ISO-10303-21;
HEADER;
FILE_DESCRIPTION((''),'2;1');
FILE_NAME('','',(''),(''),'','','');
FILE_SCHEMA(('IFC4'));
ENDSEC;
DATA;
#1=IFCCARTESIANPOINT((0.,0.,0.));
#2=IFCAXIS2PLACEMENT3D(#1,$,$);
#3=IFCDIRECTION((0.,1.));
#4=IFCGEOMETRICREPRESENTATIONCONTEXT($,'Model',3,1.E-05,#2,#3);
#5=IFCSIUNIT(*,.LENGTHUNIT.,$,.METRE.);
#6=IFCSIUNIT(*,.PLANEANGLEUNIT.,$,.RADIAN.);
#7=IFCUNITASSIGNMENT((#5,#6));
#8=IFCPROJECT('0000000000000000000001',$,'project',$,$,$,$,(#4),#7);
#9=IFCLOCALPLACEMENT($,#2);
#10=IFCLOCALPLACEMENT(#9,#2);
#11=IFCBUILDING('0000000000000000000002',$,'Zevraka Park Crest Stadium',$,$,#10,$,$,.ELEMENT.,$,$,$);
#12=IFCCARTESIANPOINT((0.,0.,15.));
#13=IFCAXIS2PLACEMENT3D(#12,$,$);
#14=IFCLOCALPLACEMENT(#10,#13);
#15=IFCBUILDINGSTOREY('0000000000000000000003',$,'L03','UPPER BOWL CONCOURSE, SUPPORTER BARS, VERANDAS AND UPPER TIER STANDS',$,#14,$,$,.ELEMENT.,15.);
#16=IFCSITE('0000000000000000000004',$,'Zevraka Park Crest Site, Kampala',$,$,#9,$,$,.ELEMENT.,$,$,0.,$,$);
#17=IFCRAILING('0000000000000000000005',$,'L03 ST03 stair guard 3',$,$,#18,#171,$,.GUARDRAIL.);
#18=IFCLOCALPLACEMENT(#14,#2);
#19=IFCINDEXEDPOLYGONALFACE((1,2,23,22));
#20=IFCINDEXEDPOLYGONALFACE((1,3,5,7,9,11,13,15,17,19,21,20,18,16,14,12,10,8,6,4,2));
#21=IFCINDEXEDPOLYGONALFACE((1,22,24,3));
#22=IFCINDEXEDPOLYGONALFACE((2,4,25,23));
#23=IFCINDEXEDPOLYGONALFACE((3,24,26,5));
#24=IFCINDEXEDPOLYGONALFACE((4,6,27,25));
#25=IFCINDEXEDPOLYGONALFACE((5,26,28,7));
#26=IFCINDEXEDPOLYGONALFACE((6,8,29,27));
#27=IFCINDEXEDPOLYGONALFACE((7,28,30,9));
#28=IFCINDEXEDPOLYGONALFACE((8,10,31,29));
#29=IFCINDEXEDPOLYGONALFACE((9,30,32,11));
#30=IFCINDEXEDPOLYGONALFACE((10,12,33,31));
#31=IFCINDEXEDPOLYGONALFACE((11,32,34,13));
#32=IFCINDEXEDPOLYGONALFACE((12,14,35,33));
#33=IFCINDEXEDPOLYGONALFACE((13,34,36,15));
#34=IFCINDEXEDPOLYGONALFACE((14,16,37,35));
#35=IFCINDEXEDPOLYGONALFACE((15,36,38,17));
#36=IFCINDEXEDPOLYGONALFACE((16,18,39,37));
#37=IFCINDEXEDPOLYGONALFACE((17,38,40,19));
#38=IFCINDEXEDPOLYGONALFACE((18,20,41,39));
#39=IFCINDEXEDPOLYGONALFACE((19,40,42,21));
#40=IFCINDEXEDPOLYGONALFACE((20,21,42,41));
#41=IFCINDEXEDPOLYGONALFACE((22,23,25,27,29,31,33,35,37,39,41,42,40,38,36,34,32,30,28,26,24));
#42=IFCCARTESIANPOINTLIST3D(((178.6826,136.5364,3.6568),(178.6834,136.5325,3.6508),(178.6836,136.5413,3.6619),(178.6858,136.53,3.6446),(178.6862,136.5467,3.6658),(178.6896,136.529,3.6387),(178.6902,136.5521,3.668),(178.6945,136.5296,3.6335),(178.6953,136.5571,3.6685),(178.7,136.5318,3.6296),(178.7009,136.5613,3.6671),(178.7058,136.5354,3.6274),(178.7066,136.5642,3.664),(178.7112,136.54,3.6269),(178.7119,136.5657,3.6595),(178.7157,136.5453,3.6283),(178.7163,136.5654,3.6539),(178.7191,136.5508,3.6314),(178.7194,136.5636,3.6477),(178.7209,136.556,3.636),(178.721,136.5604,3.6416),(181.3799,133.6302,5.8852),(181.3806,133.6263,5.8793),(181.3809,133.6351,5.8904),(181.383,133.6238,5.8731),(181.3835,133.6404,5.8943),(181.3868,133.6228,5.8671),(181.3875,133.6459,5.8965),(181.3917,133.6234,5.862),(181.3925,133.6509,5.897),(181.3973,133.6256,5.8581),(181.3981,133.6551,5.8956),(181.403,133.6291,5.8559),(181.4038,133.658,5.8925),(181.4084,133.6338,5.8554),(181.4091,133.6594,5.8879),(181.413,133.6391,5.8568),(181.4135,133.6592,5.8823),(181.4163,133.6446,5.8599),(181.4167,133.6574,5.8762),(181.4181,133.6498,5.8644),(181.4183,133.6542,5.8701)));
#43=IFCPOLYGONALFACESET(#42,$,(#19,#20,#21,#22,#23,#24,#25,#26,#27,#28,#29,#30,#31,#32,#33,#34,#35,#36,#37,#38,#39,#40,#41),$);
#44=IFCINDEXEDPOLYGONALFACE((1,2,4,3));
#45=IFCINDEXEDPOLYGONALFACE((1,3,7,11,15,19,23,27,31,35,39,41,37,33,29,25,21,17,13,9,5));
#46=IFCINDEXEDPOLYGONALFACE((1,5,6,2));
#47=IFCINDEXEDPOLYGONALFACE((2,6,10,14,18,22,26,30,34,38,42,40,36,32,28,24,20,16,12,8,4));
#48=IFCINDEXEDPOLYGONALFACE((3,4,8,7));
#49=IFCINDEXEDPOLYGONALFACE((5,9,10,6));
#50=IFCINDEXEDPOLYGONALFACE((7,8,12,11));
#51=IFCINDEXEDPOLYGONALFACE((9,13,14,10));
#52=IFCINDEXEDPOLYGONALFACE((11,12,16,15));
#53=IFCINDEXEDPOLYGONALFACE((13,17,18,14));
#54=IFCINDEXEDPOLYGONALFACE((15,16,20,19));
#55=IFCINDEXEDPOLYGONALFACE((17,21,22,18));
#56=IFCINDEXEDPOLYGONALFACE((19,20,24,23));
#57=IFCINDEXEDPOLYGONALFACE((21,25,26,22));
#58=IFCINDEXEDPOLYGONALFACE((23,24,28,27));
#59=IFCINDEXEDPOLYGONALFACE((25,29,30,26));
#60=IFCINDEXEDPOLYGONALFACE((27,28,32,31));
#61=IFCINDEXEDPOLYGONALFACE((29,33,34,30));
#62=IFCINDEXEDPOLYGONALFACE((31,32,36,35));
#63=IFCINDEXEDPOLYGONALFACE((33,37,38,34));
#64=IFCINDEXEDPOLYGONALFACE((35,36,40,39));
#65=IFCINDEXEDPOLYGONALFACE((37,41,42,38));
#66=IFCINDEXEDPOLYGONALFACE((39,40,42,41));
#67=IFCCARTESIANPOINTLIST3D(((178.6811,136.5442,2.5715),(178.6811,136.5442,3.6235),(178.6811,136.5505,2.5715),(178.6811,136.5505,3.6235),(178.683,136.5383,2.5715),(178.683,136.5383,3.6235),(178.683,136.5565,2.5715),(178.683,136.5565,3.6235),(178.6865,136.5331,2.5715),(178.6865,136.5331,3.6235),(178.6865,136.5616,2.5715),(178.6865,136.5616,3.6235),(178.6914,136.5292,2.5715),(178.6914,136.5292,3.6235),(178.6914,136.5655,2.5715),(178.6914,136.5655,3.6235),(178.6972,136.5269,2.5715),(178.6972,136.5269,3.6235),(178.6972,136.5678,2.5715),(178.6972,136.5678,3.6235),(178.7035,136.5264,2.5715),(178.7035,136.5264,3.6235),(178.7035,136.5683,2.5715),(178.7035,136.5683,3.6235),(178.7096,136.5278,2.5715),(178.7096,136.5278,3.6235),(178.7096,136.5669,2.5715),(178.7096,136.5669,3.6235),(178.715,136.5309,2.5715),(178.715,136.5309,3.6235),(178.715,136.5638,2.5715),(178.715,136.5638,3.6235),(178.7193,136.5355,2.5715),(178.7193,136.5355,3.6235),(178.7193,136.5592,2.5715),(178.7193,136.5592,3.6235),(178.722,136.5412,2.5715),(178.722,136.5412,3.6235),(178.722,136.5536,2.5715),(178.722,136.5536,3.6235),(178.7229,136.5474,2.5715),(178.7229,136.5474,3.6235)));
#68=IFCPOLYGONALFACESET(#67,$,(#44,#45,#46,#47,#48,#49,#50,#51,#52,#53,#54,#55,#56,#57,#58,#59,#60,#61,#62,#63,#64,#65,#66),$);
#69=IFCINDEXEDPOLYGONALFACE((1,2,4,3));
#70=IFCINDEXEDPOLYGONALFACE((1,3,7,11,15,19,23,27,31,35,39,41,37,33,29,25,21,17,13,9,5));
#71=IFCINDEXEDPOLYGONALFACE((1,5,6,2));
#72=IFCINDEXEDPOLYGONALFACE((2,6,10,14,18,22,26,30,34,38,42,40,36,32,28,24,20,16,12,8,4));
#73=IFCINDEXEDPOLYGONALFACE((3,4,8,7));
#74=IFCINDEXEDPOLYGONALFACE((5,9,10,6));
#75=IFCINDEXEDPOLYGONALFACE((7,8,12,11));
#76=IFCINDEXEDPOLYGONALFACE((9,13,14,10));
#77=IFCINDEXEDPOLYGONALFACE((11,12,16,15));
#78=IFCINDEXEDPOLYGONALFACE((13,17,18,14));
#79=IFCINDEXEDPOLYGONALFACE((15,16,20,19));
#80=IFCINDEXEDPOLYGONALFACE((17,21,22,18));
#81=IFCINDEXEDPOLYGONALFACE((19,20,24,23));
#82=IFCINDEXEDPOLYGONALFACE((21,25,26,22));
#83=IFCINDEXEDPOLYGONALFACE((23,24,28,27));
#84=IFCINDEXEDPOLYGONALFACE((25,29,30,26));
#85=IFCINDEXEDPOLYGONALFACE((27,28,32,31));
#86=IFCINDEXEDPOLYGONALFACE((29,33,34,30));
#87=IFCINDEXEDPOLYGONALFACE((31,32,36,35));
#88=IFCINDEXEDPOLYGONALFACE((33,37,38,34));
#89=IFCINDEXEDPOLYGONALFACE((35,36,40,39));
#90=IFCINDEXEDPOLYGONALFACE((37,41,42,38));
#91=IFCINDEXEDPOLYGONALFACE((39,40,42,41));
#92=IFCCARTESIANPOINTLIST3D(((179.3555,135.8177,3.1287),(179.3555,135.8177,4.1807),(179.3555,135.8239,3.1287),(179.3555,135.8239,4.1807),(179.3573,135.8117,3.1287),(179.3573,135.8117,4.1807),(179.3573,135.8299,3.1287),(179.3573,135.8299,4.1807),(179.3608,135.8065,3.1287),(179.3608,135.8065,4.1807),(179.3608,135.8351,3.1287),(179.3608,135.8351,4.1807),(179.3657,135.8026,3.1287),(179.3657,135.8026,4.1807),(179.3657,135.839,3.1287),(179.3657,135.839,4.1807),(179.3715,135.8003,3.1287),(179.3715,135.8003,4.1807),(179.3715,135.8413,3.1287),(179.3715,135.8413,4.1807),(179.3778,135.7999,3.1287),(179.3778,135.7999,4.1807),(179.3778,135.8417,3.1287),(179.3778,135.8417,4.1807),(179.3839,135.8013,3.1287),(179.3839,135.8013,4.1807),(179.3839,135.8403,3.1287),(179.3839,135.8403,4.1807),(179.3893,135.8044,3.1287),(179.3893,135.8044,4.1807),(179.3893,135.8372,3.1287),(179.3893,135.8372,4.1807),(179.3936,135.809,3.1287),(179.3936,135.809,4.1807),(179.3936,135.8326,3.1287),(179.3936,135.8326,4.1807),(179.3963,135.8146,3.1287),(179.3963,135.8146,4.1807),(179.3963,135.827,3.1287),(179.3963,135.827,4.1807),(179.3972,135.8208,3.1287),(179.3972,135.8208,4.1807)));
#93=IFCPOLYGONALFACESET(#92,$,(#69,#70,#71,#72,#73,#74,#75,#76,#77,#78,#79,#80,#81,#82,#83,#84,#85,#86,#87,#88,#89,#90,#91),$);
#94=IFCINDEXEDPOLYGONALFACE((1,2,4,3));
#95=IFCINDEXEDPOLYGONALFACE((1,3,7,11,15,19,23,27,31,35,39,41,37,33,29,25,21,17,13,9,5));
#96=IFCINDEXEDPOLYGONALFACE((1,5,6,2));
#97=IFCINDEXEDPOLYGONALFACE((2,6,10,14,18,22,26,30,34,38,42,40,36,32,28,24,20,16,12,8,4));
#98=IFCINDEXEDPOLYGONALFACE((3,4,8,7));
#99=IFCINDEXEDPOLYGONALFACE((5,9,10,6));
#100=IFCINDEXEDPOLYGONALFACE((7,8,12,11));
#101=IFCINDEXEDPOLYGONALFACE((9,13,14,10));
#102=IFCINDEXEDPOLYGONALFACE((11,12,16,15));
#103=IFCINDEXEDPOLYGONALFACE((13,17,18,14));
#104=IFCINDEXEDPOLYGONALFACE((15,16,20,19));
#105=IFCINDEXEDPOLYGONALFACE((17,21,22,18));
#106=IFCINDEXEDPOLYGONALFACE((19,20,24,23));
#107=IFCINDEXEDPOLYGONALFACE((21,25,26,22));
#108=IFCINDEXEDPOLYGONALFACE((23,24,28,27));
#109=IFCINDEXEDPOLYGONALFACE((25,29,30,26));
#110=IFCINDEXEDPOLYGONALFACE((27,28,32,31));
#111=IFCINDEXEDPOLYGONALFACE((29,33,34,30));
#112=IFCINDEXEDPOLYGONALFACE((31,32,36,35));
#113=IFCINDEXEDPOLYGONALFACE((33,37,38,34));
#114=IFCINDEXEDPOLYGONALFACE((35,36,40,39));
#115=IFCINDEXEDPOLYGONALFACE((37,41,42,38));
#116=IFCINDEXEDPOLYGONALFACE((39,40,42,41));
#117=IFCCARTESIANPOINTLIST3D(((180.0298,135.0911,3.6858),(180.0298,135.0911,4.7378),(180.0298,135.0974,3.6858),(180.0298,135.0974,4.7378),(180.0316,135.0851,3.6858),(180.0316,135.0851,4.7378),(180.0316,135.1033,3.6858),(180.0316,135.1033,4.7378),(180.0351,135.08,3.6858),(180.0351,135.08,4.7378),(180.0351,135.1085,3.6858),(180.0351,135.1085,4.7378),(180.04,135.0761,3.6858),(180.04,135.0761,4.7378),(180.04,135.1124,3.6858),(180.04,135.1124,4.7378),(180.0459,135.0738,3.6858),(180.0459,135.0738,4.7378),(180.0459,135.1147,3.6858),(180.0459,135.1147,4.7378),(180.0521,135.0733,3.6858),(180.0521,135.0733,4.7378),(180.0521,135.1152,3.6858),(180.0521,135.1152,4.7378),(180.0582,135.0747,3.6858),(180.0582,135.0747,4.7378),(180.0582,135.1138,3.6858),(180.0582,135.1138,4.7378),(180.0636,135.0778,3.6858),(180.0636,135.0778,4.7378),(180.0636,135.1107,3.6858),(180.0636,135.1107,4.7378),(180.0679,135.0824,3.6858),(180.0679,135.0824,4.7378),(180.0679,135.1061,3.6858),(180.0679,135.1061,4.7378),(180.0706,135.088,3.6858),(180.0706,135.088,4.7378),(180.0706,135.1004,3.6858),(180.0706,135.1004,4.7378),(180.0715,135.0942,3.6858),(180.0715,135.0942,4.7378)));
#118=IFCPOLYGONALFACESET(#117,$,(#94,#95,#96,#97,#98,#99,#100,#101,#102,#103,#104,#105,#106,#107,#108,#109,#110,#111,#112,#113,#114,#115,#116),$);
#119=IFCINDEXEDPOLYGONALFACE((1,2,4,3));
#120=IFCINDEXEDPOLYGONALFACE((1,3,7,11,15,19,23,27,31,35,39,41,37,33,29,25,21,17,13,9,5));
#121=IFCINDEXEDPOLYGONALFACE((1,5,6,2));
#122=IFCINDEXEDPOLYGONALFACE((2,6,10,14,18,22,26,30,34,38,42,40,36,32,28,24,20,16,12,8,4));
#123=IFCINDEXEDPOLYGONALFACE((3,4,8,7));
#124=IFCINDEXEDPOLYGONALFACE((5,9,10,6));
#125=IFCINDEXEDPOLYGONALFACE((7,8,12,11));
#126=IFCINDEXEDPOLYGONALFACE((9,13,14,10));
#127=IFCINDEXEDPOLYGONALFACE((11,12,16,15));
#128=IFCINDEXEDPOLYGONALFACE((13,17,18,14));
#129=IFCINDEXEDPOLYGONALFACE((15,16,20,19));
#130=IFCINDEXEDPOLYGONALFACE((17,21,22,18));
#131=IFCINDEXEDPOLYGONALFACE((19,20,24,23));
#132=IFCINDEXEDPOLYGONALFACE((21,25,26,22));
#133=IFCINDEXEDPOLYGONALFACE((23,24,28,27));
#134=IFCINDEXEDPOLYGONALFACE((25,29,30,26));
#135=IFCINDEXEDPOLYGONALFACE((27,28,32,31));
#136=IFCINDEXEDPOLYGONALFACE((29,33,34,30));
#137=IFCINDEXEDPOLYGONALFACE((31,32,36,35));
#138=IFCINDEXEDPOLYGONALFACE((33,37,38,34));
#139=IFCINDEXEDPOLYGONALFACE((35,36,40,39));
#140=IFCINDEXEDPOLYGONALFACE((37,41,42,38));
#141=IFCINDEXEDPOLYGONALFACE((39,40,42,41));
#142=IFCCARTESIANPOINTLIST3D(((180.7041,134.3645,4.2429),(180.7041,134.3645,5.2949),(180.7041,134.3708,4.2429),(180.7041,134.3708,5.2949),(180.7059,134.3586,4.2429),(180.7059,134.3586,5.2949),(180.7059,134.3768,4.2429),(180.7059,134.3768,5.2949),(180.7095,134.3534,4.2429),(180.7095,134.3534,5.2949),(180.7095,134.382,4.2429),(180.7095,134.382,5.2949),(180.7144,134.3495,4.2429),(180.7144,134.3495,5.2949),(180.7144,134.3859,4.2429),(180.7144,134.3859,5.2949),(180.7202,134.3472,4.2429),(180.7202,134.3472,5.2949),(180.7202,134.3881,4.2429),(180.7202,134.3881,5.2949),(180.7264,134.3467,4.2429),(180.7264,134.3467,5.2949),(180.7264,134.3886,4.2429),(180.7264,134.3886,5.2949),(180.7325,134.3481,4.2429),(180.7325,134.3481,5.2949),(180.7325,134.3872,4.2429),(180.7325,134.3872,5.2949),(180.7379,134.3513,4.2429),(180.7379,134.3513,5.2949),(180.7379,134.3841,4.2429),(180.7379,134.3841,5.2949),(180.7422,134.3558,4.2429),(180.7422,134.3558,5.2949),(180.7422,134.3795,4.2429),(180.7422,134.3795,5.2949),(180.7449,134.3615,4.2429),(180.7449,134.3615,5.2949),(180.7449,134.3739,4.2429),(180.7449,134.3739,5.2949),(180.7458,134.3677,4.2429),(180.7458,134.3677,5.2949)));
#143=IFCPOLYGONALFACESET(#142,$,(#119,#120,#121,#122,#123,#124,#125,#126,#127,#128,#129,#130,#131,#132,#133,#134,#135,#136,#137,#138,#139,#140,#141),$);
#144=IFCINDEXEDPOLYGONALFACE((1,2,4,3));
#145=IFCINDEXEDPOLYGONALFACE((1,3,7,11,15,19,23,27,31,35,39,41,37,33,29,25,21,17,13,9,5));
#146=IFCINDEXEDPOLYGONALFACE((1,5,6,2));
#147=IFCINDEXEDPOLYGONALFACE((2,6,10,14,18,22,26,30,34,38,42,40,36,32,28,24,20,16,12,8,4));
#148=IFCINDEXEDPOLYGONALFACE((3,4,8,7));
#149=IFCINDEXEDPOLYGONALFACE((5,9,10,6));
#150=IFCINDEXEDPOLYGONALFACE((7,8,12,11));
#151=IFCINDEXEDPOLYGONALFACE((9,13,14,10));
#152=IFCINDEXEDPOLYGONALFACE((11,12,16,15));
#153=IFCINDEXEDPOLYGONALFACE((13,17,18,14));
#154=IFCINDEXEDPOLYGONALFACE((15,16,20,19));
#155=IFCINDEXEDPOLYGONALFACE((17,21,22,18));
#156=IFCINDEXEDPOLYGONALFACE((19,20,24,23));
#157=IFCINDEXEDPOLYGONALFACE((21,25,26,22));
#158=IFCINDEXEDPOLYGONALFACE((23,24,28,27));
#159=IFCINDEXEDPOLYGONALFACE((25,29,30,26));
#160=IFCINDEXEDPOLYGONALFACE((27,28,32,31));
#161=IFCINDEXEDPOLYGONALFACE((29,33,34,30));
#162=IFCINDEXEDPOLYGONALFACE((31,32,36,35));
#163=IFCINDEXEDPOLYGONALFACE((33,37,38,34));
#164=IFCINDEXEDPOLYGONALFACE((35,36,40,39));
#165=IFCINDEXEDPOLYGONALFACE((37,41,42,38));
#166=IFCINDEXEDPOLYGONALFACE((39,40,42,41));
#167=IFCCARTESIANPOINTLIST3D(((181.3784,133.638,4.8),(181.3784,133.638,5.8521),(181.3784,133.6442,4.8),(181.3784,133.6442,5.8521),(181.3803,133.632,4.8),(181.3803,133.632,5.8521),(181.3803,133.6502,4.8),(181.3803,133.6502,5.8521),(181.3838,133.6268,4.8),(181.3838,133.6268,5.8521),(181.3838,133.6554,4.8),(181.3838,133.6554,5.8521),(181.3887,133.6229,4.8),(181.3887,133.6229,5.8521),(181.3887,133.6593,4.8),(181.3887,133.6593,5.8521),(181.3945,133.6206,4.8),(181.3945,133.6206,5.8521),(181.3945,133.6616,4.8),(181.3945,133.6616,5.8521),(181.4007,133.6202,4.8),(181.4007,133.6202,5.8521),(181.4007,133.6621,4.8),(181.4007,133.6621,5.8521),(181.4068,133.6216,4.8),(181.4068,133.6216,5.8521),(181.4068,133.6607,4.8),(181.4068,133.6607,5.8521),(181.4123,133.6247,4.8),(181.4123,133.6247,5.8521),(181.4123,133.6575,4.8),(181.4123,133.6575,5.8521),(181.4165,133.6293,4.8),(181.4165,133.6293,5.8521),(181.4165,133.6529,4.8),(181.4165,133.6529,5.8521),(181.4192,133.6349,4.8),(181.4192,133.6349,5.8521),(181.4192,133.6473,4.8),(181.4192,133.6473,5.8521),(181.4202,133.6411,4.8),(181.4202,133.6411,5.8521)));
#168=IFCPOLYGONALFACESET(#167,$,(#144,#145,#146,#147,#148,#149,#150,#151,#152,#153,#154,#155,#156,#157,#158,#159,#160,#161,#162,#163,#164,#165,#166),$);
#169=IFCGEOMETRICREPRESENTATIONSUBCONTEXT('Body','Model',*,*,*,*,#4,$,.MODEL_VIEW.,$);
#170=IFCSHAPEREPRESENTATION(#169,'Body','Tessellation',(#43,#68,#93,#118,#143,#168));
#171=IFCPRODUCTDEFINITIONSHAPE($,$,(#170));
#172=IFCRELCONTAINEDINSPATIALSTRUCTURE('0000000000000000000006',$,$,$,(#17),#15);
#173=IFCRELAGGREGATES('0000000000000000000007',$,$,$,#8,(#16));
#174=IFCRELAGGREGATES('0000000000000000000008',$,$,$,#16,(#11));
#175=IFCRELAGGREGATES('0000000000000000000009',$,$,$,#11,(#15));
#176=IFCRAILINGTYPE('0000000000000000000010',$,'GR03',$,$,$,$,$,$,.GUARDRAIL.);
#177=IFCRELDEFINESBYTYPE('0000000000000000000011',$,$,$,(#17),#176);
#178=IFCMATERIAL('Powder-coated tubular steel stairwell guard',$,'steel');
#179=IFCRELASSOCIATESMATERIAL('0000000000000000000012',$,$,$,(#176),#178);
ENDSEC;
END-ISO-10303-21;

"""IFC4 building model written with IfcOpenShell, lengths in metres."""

from ifc_helpers import new_model, si_unit, direction, frame, origin, origin_2d, place, context, subcontext, project, spatial, circle, extrude, material, type_object, element, save


model = new_model("IFC4")

# Units and contexts
model_context = context("Model", 3, precision=1e-05, world=origin(), true_north=direction((0.0, 1.0)))
body_context = subcontext(model_context, "Body", "Model", "MODEL_VIEW")
ifc_project = project(units=[si_unit("LENGTHUNIT", "METRE"), si_unit("PLANEANGLEUNIT", "RADIAN")], contexts=[model_context])

# Site, building, storey
site_placement = place(None, origin())
site = spatial("IfcSite", under=ifc_project, at=site_placement, Name="Zevraka Park Crest Site, Kampala", CompositionType="ELEMENT", RefElevation=0.0)
building_placement = place(site_placement, origin())
building = spatial("IfcBuilding", under=site, at=building_placement, Name="Zevraka Park Crest Stadium", CompositionType="ELEMENT")
storey_placement = place(building_placement, frame((0.0, 0.0, 15.0)))
storey = spatial("IfcBuildingStorey", under=building, at=storey_placement, Name="L03", Description="UPPER BOWL CONCOURSE, SUPPORTER BARS, VERANDAS AND UPPER TIER STANDS", CompositionType="ELEMENT", Elevation=15.0)

# Railing
ifc_material_1 = material(Name="Powder-coated tubular steel stairwell guard", Category="steel")
railing_type_1 = type_object("IfcRailingType", Name="GR03", PredefinedType="GUARDRAIL", material=ifc_material_1)
railing_1_placement = place(storey_placement, frame((178.7019, 136.5474, 2.5715)))
element("IfcRailing", 1, at=railing_1_placement, inside=storey, type_object=railing_type_1, Name="L03 ST03 stair guard 3", PredefinedType="GUARDRAIL", context=body_context, shape_type="SweptSolid", body=[
    extrude(circle(Radius=0.0239, at=origin_2d()), frame((0.0, 0.0, 1.0762), z_axis=(0.593016, -0.638963, 0.489957), x_axis=(0.732969, 0.680262, 0.0)), (0.0, 0.0, 1.0), 4.5483),
    extrude(circle(Radius=0.021, at=origin_2d()), origin(), (0.0, 0.0, 1.0), 1.052),
    extrude(circle(Radius=0.021, at=origin_2d()), frame((0.6743, -0.7266, 0.5571)), (0.0, 0.0, 1.0), 1.052),
    extrude(circle(Radius=0.021, at=origin_2d()), frame((1.3486, -1.4531, 1.1143)), (0.0, 0.0, 1.0), 1.052),
    extrude(circle(Radius=0.021, at=origin_2d()), frame((2.0229, -2.1797, 1.6714)), (0.0, 0.0, 1.0), 1.052),
    extrude(circle(Radius=0.021, at=origin_2d()), frame((2.6973, -2.9062, 2.2285)), (0.0, 0.0, 1.0), 1.052),
])

save(model, "model.ifc")
